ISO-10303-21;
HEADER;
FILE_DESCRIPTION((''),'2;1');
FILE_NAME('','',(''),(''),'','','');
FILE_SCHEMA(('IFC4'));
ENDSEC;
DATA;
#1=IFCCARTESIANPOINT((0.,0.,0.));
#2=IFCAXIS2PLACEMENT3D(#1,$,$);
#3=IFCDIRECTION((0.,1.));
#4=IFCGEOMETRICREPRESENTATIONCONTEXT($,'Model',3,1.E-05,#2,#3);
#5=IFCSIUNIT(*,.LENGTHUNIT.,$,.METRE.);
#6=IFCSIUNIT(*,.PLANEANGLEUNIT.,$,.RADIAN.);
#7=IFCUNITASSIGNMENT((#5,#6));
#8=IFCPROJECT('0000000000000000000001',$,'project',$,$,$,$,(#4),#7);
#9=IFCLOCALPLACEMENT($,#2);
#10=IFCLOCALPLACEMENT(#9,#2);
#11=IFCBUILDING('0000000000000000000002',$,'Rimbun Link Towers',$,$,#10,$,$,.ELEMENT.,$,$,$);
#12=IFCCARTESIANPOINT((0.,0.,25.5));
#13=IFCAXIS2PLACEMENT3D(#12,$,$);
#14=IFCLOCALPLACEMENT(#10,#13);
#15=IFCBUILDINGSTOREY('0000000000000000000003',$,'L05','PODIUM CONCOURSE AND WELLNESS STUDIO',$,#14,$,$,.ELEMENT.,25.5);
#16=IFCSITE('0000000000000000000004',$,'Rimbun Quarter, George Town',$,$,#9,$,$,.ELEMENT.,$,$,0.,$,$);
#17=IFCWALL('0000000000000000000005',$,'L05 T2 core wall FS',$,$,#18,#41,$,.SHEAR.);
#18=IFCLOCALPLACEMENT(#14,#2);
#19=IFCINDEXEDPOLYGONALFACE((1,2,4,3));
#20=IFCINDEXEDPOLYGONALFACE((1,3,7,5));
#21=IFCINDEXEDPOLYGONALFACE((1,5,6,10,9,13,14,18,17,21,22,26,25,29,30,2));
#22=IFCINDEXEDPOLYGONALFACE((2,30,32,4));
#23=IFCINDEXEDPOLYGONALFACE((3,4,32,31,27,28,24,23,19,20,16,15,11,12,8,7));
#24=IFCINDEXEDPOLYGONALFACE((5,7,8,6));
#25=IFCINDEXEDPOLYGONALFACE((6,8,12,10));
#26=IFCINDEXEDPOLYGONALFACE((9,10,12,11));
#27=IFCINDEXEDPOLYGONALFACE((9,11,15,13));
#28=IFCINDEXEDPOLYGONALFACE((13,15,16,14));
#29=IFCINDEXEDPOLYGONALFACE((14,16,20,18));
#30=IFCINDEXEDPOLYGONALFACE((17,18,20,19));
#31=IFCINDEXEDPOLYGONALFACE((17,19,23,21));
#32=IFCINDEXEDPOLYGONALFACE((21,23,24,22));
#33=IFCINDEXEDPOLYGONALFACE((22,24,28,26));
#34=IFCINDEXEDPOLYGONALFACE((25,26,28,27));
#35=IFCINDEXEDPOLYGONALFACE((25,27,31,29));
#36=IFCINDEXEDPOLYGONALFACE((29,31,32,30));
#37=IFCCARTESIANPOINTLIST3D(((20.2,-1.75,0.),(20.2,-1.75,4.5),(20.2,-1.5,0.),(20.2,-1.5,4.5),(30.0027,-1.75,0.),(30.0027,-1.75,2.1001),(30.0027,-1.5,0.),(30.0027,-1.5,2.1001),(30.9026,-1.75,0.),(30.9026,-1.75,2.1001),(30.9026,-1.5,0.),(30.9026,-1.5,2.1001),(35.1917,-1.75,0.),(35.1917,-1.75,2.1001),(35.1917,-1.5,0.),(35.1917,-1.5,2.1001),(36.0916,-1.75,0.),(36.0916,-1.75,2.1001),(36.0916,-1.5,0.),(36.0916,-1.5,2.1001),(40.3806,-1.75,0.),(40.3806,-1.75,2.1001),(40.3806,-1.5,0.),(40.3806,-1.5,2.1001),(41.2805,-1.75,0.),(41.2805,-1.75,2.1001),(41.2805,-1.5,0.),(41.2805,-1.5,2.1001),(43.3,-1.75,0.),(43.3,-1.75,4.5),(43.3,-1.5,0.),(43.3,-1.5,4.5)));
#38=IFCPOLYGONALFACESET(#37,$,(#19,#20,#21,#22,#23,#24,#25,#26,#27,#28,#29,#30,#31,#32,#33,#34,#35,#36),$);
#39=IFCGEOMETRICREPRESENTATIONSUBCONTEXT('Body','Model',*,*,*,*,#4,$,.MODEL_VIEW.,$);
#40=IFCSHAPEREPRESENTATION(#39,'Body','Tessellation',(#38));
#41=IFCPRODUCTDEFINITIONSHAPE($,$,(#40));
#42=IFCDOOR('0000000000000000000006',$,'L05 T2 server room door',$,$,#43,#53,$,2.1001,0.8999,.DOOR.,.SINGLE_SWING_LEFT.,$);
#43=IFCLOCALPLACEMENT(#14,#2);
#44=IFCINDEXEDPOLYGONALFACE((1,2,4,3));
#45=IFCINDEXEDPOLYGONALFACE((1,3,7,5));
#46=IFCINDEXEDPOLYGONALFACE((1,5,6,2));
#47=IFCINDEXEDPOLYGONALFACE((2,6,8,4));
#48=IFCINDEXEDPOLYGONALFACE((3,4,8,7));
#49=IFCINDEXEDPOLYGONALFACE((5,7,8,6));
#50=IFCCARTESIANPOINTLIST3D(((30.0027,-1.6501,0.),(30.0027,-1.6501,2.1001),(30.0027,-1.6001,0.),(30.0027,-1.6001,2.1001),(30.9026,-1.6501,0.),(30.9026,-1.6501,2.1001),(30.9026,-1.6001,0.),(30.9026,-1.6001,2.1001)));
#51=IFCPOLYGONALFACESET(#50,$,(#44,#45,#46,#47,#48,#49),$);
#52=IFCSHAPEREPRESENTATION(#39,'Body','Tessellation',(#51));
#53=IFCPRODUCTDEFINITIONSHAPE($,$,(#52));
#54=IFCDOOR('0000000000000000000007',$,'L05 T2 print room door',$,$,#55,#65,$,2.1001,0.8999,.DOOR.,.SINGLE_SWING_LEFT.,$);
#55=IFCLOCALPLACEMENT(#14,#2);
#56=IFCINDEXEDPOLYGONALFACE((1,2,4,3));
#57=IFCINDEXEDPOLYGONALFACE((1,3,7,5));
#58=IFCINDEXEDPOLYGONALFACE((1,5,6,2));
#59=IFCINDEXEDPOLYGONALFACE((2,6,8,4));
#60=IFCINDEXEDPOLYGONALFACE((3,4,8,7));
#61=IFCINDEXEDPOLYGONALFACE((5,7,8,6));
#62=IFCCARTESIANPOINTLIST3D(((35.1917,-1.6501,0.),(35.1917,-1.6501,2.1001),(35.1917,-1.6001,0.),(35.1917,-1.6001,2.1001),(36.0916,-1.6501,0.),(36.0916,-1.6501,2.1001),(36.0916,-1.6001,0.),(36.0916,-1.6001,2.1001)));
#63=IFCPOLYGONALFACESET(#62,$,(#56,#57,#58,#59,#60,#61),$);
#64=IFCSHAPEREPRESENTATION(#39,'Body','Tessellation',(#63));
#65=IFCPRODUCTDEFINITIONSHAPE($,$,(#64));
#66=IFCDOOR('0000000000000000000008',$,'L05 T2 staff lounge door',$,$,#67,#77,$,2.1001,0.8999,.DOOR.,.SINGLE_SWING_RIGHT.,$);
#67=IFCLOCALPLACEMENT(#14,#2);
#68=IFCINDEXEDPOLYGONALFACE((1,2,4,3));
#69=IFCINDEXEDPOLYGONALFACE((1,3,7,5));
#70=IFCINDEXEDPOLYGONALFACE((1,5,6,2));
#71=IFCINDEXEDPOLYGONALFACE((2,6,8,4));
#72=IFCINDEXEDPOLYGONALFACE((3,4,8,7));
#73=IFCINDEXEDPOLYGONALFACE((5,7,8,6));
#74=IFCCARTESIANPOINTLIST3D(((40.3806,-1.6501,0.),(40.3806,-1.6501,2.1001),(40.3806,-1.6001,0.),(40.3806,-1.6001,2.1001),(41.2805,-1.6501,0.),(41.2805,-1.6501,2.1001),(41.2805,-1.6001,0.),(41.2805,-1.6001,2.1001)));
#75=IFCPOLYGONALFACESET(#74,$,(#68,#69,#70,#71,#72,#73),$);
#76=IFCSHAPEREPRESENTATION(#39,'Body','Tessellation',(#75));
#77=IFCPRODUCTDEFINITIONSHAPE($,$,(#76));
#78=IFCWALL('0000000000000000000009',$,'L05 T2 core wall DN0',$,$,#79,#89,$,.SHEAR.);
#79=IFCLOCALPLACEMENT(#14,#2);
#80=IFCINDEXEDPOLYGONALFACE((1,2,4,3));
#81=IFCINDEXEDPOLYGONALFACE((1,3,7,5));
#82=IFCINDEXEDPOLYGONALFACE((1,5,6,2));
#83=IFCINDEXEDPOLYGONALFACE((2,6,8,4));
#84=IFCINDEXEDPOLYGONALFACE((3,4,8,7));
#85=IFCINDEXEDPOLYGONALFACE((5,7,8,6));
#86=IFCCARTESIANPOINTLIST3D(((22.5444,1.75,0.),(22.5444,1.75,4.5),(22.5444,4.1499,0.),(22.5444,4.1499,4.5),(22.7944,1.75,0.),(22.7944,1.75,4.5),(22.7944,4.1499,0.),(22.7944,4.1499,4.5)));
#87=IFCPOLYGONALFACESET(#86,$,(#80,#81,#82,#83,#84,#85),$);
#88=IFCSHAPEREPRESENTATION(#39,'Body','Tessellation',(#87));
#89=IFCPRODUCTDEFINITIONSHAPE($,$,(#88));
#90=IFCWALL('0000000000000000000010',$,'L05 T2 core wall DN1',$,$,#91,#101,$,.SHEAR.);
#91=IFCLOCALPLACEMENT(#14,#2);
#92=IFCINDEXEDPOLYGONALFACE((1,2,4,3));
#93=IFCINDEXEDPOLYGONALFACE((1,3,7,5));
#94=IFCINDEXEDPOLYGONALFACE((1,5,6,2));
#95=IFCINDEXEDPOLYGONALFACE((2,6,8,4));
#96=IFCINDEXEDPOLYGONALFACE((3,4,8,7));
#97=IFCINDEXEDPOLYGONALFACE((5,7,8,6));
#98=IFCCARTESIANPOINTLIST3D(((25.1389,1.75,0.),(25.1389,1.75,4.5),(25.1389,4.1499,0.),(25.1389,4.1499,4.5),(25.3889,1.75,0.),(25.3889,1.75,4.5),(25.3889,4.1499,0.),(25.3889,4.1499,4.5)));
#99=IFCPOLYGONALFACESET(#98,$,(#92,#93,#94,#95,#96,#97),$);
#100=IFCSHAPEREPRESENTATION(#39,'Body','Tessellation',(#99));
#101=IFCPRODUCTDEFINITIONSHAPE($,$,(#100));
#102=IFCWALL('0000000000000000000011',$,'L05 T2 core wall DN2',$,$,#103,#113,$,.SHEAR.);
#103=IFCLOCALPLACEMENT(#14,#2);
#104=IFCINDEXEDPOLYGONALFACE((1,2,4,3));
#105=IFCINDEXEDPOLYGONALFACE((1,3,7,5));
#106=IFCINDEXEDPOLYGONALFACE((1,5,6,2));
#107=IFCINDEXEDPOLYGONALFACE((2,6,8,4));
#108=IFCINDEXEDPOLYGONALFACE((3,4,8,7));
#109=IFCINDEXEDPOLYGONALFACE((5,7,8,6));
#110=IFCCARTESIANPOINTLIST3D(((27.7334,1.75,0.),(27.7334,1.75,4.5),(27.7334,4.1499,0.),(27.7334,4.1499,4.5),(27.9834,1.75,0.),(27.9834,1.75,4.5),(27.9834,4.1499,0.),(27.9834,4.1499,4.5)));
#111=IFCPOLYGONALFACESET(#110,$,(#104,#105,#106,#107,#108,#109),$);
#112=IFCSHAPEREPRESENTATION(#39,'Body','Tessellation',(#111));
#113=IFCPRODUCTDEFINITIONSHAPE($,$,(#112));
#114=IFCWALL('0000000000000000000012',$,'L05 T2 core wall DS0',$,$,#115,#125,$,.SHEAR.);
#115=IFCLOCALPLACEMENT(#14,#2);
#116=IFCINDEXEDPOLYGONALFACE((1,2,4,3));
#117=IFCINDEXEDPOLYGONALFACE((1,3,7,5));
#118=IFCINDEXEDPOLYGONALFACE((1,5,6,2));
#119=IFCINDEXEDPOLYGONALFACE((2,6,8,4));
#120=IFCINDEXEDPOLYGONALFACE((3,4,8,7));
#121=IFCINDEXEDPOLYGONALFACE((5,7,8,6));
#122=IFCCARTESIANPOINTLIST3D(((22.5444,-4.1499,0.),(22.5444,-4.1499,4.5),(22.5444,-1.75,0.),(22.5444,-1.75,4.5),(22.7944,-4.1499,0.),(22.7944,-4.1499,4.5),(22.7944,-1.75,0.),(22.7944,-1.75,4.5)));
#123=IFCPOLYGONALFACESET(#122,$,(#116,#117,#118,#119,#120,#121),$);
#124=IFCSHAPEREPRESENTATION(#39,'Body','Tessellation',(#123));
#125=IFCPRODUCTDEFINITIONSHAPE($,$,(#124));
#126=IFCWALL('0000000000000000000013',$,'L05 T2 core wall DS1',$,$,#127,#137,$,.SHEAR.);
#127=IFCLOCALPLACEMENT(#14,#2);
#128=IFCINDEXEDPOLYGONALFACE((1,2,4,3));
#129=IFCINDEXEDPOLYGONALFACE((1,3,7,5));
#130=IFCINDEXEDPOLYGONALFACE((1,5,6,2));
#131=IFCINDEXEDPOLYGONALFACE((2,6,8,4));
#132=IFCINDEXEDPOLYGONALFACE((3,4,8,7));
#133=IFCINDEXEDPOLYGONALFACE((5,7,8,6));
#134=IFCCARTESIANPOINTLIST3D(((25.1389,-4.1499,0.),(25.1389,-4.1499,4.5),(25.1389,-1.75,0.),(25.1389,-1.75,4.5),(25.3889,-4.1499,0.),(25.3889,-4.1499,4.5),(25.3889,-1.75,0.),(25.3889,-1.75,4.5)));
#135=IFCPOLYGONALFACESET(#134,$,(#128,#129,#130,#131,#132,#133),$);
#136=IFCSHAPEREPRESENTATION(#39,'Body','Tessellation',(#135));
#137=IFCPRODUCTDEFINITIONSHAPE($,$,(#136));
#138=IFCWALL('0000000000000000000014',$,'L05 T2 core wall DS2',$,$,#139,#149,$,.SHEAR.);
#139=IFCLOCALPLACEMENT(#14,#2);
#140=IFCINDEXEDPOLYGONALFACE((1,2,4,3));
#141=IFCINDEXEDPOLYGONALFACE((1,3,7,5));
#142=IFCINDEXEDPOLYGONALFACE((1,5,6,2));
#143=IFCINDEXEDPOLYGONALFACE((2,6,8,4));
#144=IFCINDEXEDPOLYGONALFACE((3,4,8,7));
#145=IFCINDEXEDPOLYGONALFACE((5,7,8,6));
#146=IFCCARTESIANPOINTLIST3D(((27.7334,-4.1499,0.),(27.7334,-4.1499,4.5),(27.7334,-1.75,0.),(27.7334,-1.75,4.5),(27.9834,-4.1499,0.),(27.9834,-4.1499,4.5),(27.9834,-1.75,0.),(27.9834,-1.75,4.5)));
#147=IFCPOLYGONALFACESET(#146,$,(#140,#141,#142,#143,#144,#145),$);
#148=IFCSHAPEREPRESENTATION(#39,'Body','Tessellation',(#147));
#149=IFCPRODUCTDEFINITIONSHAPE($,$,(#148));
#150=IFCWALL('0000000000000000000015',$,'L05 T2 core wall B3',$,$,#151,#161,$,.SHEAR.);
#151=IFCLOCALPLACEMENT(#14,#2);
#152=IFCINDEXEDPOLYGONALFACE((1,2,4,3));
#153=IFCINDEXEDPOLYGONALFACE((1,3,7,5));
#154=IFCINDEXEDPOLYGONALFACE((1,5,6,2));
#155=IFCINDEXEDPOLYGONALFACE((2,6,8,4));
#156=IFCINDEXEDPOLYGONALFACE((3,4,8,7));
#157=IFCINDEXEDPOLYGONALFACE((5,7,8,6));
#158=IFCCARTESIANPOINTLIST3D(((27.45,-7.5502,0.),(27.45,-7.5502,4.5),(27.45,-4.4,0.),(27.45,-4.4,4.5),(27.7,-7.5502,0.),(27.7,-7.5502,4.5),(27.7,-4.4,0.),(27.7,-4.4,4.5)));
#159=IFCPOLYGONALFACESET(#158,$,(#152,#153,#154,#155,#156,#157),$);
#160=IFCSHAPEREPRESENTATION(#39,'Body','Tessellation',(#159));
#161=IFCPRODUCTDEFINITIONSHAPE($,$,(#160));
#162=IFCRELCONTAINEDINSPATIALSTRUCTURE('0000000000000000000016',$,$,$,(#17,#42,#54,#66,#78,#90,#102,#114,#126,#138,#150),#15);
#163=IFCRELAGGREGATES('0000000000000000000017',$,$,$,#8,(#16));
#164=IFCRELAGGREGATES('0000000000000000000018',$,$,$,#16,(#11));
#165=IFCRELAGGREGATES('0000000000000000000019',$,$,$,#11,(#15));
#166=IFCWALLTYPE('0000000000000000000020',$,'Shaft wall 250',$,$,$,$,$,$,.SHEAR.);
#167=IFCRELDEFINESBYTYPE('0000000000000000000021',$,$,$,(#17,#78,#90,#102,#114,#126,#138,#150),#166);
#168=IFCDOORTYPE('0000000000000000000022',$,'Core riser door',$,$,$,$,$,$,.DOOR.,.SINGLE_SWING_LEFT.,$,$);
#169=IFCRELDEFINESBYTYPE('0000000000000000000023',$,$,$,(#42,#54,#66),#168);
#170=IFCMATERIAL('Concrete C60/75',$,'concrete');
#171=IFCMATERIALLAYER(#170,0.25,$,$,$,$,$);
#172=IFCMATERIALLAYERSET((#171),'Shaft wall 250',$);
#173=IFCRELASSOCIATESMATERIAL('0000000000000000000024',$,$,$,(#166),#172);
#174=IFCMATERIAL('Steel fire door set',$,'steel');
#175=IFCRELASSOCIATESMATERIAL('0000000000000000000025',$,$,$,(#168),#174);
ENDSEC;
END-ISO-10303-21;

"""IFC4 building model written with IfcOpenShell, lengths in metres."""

from ifc_helpers import new_model, si_unit, direction, frame, frame_2d, origin, place, context, subcontext, project, spatial, rectangle, extrude, material, layer, layer_set, type_object, element, fill, save


model = new_model("IFC4")

# Units and contexts
model_context = context("Model", 3, precision=1e-05, world=origin(), true_north=direction((0.0, 1.0)))
body_context = subcontext(model_context, "Body", "Model", "MODEL_VIEW")
ifc_project = project(units=[si_unit("LENGTHUNIT", "METRE"), si_unit("PLANEANGLEUNIT", "RADIAN")], contexts=[model_context])

# Site, building, storey
site_placement = place(None, origin())
site = spatial("IfcSite", under=ifc_project, at=site_placement, Name="Rimbun Quarter, George Town", CompositionType="ELEMENT", RefElevation=0.0)
building_placement = place(site_placement, origin())
building = spatial("IfcBuilding", under=site, at=building_placement, Name="Rimbun Link Towers", CompositionType="ELEMENT")
storey_placement = place(building_placement, frame((0.0, 0.0, 25.5)))
storey = spatial("IfcBuildingStorey", under=building, at=storey_placement, Name="L05", Description="PODIUM CONCOURSE AND WELLNESS STUDIO", CompositionType="ELEMENT", Elevation=25.5)

# Shared definitions
ifc_material_1 = material(Name="Concrete C60/75", Category="concrete")
ifc_layer_1 = layer(ifc_material_1, 0.25)
ifc_layer_set_1 = layer_set([ifc_layer_1], Name="Shaft wall 250")
wall_type_1 = type_object("IfcWallType", Name="Shaft wall 250", PredefinedType="SHEAR", material=ifc_layer_set_1)

# Wall, openings, doors
wall_1_placement = place(storey_placement, frame((20.2, -1.625, 0.0), z_axis=(0.0, 0.0, 1.0), x_axis=(1.0, 0.0, 0.0)))
wall_1 = element("IfcWall", 1, at=wall_1_placement, inside=storey, type_object=wall_type_1, Name="L05 T2 core wall FS", PredefinedType="SHEAR", context=body_context, shape_type="SweptSolid", body=[
    extrude(rectangle(XDim=23.1001, YDim=0.25, at=frame_2d((11.55, 0.0))), origin(), (0.0, 0.0, 1.0), 4.5),
])
opening_1_placement = place(wall_1_placement, frame((9.8027, 0.0, 0.0)))
opening_1 = element("IfcOpeningElement", 2, at=opening_1_placement, cuts=wall_1, PredefinedType="OPENING", context=body_context, shape_type="SweptSolid", body=[
    extrude(rectangle(XDim=0.8999, YDim=2.1001, at=frame_2d((0.45, 1.05))), frame((0.0, 0.135, 0.0), z_axis=(0.0, -1.0, 0.0), x_axis=(1.0, 0.0, 0.0)), (0.0, 0.0, 1.0), 0.27),
])
opening_2_placement = place(wall_1_placement, frame((14.9917, 0.0, 0.0)))
opening_2 = element("IfcOpeningElement", 3, at=opening_2_placement, cuts=wall_1, PredefinedType="OPENING", context=body_context, shape_type="SweptSolid", body=[
    extrude(rectangle(XDim=0.8999, YDim=2.1001, at=frame_2d((0.45, 1.05))), frame((0.0, 0.135, 0.0), z_axis=(0.0, -1.0, 0.0), x_axis=(1.0, 0.0, 0.0)), (0.0, 0.0, 1.0), 0.27),
])
opening_3_placement = place(wall_1_placement, frame((20.1807, 0.0, 0.0)))
opening_3 = element("IfcOpeningElement", 4, at=opening_3_placement, cuts=wall_1, PredefinedType="OPENING", context=body_context, shape_type="SweptSolid", body=[
    extrude(rectangle(XDim=0.8999, YDim=2.1001, at=frame_2d((0.45, 1.05))), frame((0.0, 0.135, 0.0), z_axis=(0.0, -1.0, 0.0), x_axis=(1.0, 0.0, 0.0)), (0.0, 0.0, 1.0), 0.27),
])
ifc_material_2 = material(Name="Steel fire door set", Category="steel")
door_type_1 = type_object("IfcDoorType", Name="Core riser door", OperationType="SINGLE_SWING_LEFT", PredefinedType="DOOR", material=ifc_material_2)
door_1_placement = place(opening_1_placement, origin())
door_1 = element("IfcDoor", 5, at=door_1_placement, inside=storey, type_object=door_type_1, Name="L05 T2 server room door", OperationType="SINGLE_SWING_LEFT", OverallHeight=2.1001, OverallWidth=0.8999, PredefinedType="DOOR", context=body_context, shape_type="SweptSolid", body=[
    extrude(rectangle(XDim=0.8999, YDim=2.1001, at=frame_2d((0.45, 1.05))), frame((0.0, 0.0249, 0.0), z_axis=(0.0, -1.0, 0.0), x_axis=(1.0, 0.0, 0.0)), (0.0, 0.0, 1.0), 0.05),
])
fill(opening_1, door_1)
door_2_placement = place(opening_2_placement, origin())
door_2 = element("IfcDoor", 6, at=door_2_placement, inside=storey, type_object=door_type_1, Name="L05 T2 print room door", OperationType="SINGLE_SWING_LEFT", OverallHeight=2.1001, OverallWidth=0.8999, PredefinedType="DOOR", context=body_context, shape_type="SweptSolid", body=[
    extrude(rectangle(XDim=0.8999, YDim=2.1001, at=frame_2d((0.45, 1.05))), frame((0.0, 0.0249, 0.0), z_axis=(0.0, -1.0, 0.0), x_axis=(1.0, 0.0, 0.0)), (0.0, 0.0, 1.0), 0.05),
])
fill(opening_2, door_2)
door_3_placement = place(opening_3_placement, origin())
door_3 = element("IfcDoor", 7, at=door_3_placement, inside=storey, type_object=door_type_1, Name="L05 T2 staff lounge door", OperationType="SINGLE_SWING_RIGHT", OverallHeight=2.1001, OverallWidth=0.8999, PredefinedType="DOOR", context=body_context, shape_type="SweptSolid", body=[
    extrude(rectangle(XDim=0.8999, YDim=2.1001, at=frame_2d((0.45, 1.05))), frame((0.0, 0.0249, 0.0), z_axis=(0.0, -1.0, 0.0), x_axis=(1.0, 0.0, 0.0)), (0.0, 0.0, 1.0), 0.05),
])
fill(opening_3, door_3)

# Walls
for number, where, z_axis, x_axis, name in (
    (8, (22.6694, 1.75, 0.0), (0.0, 0.0, 1.0), (0.0, 1.0, 0.0), "L05 T2 core wall DN0"),
    (9, (25.2639, 1.75, 0.0), (0.0, 0.0, 1.0), (0.0, 1.0, 0.0), "L05 T2 core wall DN1"),
    (10, (27.8584, 1.75, 0.0), (0.0, 0.0, 1.0), (0.0, 1.0, 0.0), "L05 T2 core wall DN2"),
    (11, (22.6694, -4.1499, 0.0), (0.0, 0.0, 1.0), (0.0, 1.0, 0.0), "L05 T2 core wall DS0"),
    (12, (25.2639, -4.1499, 0.0), (0.0, 0.0, 1.0), (0.0, 1.0, 0.0), "L05 T2 core wall DS1"),
    (13, (27.8584, -4.1499, 0.0), (0.0, 0.0, 1.0), (0.0, 1.0, 0.0), "L05 T2 core wall DS2"),
):
    element("IfcWall", number, at=place(storey_placement, frame(where, z_axis=z_axis, x_axis=x_axis)), inside=storey, type_object=wall_type_1, Name=name, PredefinedType="SHEAR", context=body_context, shape_type="SweptSolid", body=[
        extrude(rectangle(XDim=2.3999, YDim=0.25, at=frame_2d((1.2, 0.0))), origin(), (0.0, 0.0, 1.0), 4.5),
    ])
wall_2_placement = place(storey_placement, frame((27.575, -4.3999, 0.0), z_axis=(0.0, 0.0, 1.0), x_axis=(0.0, -1.0, 0.0)))
element("IfcWall", 14, at=wall_2_placement, inside=storey, type_object=wall_type_1, Name="L05 T2 core wall B3", PredefinedType="SHEAR", context=body_context, shape_type="SweptSolid", body=[
    extrude(rectangle(XDim=3.1501, YDim=0.25, at=frame_2d((1.5752, 0.0))), origin(), (0.0, 0.0, 1.0), 4.5),
])

save(model, "model.ifc")
